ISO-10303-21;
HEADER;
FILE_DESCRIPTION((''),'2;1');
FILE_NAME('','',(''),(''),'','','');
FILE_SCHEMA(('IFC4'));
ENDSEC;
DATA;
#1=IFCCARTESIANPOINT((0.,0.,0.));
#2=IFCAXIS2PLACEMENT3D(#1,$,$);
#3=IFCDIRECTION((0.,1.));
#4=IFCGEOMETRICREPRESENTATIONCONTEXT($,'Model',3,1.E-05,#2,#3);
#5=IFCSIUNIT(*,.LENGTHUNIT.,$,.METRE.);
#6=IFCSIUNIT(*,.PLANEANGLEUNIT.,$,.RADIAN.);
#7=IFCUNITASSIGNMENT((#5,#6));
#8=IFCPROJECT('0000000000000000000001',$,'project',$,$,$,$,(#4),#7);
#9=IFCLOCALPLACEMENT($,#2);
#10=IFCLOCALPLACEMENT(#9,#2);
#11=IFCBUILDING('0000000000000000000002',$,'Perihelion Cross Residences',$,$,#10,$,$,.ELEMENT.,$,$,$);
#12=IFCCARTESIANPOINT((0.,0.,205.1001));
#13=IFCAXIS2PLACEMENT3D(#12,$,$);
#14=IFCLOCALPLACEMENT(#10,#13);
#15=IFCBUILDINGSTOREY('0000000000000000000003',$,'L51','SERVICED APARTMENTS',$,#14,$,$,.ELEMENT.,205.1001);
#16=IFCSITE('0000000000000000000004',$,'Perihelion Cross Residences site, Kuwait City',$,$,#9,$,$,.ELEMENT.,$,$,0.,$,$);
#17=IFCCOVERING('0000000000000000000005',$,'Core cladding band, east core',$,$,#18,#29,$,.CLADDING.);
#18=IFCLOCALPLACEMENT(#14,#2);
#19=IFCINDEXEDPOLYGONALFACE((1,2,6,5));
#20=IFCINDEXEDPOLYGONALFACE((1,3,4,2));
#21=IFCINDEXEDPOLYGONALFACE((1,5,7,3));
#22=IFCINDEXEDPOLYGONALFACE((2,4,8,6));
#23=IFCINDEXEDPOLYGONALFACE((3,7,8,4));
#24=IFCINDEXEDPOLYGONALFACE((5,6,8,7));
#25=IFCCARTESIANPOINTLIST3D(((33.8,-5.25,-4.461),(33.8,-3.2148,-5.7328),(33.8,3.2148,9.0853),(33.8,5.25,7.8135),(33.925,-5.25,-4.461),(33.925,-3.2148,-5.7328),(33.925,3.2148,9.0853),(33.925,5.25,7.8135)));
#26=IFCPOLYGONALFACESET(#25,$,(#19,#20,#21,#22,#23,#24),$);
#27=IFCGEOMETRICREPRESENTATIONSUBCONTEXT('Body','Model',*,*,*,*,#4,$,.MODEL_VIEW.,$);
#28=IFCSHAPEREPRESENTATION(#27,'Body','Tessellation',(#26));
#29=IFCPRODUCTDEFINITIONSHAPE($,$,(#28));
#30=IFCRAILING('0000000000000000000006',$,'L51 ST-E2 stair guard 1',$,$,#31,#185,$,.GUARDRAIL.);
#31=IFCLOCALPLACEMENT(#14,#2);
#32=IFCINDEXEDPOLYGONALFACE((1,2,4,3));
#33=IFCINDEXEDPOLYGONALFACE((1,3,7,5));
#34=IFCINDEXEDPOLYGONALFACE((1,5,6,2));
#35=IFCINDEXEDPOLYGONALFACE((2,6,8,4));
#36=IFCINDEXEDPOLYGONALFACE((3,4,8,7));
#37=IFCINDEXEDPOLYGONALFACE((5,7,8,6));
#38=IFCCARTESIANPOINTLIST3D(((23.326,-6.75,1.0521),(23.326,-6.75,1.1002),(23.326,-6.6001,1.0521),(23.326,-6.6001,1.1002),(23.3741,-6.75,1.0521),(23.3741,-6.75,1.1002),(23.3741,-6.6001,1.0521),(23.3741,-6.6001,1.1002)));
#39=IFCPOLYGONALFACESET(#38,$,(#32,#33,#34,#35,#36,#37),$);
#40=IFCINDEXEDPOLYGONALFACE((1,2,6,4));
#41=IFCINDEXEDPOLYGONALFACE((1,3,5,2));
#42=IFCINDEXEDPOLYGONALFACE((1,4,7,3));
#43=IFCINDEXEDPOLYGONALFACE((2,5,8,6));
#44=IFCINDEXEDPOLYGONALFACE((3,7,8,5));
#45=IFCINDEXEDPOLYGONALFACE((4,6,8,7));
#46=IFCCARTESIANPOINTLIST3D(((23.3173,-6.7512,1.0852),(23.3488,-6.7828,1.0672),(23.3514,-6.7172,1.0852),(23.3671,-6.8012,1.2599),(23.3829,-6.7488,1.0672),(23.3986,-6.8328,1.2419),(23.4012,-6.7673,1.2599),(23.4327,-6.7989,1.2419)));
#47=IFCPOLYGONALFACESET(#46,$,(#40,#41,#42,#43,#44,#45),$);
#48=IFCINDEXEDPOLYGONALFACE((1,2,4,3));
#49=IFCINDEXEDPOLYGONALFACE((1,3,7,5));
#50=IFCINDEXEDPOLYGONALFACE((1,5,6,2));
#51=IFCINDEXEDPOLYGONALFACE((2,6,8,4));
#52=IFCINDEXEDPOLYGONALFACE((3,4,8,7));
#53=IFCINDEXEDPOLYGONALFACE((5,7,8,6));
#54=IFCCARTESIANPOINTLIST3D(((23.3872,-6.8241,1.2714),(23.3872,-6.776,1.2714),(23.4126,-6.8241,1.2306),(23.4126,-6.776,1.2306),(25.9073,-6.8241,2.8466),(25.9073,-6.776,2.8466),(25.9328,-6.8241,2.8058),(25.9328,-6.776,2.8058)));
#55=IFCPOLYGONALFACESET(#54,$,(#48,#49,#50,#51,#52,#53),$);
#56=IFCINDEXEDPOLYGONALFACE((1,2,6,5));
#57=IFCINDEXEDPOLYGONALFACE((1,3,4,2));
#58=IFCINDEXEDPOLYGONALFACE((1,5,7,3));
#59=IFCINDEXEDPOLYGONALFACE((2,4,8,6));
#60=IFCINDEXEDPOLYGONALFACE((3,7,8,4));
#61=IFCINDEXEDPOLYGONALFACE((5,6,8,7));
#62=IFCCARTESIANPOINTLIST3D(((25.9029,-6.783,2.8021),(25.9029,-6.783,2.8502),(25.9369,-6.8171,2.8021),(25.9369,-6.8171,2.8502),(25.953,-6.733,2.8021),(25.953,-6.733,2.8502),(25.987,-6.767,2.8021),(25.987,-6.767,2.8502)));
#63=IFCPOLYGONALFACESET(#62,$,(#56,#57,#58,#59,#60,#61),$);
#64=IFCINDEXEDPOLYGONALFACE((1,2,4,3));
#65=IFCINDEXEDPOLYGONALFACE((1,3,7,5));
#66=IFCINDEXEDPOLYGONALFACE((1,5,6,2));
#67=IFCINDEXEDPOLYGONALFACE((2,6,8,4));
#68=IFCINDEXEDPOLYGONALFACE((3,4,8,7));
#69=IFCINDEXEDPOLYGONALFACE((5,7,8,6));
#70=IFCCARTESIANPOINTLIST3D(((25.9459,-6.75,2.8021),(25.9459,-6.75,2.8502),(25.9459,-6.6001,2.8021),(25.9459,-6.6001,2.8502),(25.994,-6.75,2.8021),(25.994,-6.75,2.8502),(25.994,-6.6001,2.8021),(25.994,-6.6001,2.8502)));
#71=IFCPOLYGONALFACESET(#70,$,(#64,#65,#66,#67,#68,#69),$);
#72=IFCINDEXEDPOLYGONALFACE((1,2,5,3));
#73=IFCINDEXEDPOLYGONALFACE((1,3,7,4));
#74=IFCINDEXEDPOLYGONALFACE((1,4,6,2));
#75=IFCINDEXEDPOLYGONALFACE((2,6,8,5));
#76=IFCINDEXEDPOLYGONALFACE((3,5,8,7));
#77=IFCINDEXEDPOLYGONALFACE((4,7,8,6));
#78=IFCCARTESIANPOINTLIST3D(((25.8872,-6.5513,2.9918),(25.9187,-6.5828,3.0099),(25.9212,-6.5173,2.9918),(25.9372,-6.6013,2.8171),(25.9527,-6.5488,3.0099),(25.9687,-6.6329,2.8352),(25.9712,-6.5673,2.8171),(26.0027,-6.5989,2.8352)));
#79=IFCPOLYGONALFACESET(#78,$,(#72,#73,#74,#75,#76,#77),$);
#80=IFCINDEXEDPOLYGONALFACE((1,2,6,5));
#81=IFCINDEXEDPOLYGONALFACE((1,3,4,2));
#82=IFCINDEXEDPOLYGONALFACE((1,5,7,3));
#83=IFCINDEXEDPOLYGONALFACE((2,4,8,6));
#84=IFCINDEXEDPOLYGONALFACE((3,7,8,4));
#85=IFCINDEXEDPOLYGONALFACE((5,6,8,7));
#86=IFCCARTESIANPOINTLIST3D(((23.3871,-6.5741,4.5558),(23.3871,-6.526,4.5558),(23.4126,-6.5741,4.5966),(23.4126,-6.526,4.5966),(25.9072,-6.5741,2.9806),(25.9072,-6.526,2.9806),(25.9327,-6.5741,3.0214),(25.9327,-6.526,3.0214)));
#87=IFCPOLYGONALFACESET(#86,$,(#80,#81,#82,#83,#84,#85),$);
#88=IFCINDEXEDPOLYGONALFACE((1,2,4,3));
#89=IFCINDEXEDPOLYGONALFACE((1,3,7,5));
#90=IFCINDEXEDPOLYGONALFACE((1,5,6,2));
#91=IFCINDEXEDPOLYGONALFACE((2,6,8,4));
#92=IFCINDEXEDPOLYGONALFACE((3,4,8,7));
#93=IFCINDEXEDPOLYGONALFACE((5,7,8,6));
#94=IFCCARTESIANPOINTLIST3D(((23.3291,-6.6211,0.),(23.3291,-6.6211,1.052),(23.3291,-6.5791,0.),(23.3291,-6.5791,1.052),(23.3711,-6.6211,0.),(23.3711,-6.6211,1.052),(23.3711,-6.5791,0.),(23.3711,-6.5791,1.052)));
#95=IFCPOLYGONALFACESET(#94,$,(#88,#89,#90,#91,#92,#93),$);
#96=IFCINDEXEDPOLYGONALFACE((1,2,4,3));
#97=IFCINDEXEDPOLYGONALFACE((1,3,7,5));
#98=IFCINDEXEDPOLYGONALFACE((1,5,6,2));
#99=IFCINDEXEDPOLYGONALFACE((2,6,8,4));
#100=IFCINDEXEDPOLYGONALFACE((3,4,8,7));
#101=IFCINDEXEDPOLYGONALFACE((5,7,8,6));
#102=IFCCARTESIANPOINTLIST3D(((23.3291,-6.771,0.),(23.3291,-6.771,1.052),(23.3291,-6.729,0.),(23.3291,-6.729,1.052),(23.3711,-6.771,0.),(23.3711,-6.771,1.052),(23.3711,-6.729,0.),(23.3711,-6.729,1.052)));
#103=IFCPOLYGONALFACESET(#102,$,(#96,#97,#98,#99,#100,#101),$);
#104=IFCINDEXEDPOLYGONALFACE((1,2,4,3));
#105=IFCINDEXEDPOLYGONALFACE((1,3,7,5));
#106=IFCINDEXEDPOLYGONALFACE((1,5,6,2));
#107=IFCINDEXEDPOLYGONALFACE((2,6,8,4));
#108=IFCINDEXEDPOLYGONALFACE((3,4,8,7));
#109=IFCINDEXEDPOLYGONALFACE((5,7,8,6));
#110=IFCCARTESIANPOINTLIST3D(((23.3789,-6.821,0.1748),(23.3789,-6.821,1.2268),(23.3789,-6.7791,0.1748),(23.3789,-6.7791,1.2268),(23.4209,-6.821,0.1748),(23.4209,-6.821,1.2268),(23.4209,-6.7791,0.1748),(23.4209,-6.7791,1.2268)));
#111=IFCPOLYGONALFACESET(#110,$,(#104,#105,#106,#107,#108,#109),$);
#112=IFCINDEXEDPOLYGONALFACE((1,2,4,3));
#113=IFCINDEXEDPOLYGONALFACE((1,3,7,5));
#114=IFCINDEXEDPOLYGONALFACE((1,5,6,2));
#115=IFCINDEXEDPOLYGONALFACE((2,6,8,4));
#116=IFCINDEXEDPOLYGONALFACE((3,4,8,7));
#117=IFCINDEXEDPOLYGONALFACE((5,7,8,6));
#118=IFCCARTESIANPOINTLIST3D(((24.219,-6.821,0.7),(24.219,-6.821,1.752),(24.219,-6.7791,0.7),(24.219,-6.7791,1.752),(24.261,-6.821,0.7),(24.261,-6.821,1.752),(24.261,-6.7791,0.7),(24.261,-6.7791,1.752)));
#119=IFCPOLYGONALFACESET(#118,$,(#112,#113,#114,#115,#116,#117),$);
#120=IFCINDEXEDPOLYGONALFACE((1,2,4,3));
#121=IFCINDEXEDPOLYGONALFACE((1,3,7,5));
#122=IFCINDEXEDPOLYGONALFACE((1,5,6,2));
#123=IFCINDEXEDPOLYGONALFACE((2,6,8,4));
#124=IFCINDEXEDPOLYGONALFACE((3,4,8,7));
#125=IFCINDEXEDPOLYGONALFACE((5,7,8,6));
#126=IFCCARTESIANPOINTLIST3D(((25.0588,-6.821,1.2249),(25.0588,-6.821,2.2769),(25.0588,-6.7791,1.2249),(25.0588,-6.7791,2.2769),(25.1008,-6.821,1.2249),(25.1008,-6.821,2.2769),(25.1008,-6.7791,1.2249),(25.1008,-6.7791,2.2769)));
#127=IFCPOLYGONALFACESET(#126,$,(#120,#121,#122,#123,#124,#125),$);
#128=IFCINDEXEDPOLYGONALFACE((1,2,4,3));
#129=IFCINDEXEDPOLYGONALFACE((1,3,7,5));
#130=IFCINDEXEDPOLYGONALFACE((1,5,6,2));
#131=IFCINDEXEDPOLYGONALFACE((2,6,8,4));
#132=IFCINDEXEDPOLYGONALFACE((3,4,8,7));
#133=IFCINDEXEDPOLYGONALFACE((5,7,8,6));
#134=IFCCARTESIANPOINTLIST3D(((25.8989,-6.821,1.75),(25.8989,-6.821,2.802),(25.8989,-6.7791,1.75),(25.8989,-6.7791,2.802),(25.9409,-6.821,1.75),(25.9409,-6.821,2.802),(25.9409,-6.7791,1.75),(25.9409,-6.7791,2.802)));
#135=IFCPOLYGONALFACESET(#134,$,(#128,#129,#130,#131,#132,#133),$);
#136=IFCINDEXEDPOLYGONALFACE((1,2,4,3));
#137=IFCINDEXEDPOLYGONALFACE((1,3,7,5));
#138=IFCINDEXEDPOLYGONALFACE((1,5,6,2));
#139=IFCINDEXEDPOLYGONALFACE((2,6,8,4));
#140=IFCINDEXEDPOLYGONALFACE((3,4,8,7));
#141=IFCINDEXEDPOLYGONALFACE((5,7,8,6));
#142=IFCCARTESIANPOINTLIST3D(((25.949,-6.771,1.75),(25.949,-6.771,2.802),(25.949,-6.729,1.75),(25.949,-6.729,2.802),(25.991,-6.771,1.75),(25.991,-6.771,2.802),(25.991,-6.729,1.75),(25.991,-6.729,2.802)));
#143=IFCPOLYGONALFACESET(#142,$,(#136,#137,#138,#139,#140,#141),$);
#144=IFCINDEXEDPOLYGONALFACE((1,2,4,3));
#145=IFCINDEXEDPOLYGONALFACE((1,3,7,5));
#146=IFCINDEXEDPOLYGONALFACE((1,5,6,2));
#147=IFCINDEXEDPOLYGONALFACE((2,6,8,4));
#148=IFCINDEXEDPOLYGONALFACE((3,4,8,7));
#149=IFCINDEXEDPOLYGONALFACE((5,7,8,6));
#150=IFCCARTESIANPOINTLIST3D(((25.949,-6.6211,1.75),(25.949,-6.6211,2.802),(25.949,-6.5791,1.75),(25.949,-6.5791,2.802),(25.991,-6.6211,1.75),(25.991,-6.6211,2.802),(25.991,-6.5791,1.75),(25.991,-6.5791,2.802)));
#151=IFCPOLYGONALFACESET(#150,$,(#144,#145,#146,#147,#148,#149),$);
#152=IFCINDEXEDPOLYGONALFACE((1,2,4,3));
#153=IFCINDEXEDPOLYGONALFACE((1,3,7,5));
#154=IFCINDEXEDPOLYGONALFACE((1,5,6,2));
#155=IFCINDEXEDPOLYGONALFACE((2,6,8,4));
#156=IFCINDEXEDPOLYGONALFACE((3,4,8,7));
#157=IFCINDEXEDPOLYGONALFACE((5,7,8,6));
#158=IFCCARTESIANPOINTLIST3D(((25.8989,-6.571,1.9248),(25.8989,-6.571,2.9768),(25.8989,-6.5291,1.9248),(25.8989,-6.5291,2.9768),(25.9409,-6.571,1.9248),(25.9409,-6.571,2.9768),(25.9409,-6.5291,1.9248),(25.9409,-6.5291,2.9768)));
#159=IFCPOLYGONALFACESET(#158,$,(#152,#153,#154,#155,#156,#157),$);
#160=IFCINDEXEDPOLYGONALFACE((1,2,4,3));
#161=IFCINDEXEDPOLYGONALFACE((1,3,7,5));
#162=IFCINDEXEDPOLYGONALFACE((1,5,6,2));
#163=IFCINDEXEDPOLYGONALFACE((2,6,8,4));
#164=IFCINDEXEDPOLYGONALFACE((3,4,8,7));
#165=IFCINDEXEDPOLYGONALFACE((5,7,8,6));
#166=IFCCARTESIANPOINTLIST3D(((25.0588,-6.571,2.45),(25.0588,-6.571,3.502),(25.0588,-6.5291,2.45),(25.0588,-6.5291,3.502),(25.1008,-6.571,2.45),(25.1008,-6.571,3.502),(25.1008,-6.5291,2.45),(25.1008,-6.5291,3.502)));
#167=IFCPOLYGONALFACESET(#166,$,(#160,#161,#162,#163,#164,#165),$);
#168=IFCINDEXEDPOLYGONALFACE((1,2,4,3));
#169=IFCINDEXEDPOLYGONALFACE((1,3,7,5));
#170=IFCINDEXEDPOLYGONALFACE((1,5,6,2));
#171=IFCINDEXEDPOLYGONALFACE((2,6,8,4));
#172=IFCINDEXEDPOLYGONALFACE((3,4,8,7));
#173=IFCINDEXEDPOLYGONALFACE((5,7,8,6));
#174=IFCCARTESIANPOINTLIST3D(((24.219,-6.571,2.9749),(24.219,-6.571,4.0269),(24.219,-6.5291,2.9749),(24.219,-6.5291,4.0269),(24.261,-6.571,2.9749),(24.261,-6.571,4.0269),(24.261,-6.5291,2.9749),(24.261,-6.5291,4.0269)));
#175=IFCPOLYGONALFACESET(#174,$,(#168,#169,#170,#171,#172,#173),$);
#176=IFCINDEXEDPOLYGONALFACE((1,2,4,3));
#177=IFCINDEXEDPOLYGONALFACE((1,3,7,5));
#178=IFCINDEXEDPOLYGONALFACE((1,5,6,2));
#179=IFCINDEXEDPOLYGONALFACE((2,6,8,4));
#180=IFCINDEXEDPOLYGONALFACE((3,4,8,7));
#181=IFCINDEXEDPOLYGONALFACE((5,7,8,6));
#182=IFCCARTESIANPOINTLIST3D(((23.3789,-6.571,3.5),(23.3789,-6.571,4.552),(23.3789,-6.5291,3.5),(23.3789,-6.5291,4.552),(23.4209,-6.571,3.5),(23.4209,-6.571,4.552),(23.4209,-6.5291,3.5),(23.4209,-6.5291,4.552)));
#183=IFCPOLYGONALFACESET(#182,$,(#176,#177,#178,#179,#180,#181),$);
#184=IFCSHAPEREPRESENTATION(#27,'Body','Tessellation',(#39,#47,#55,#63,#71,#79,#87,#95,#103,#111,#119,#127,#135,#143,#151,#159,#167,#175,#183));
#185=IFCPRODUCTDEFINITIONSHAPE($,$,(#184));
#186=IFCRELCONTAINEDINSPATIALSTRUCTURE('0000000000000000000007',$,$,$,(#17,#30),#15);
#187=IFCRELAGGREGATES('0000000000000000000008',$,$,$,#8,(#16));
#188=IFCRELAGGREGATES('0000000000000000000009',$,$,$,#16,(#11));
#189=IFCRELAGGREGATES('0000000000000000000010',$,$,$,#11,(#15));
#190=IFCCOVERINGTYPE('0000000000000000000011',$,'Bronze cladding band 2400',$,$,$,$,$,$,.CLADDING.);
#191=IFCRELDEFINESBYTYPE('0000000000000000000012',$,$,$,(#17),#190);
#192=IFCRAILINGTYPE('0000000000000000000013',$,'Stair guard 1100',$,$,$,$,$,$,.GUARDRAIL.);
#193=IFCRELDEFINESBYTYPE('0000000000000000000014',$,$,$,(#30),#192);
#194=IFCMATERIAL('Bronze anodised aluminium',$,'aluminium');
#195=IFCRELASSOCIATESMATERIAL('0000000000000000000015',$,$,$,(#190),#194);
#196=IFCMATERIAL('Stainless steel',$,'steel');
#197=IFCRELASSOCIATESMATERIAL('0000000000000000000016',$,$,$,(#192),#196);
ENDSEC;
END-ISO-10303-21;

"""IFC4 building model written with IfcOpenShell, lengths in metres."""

from ifc_helpers import new_model, si_unit, direction, frame, origin, origin_2d, place, context, subcontext, project, spatial, rectangle, extrude, material, material_profile, profile_set, type_object, element, save


model = new_model("IFC4")

# Units and contexts
model_context = context("Model", 3, precision=1e-05, world=origin(), true_north=direction((0.0, 1.0)))
body_context = subcontext(model_context, "Body", "Model", "MODEL_VIEW")
ifc_project = project(units=[si_unit("LENGTHUNIT", "METRE"), si_unit("PLANEANGLEUNIT", "RADIAN")], contexts=[model_context])

# Site, building, storey
site_placement = place(None, origin())
site = spatial("IfcSite", under=ifc_project, at=site_placement, Name="Perihelion Cross Residences site, Kuwait City", CompositionType="ELEMENT", RefElevation=0.0)
building_placement = place(site_placement, origin())
building = spatial("IfcBuilding", under=site, at=building_placement, Name="Perihelion Cross Residences", CompositionType="ELEMENT")
storey_placement = place(building_placement, frame((0.0, 0.0, 205.1001)))
storey = spatial("IfcBuildingStorey", under=building, at=storey_placement, Name="L51", Description="SERVICED APARTMENTS", CompositionType="ELEMENT", Elevation=205.1001)

# Covering
ifc_material_1 = material(Name="Bronze anodised aluminium", Category="aluminium")
ifc_material_profile_1 = material_profile(ifc_material_1, rectangle(XDim=0.125, YDim=2.3999, at=origin_2d()), Name="Bronze cladding band 2400")
ifc_profile_set_1 = profile_set([ifc_material_profile_1], Name="Bronze anodised aluminium")
covering_type = type_object("IfcCoveringType", Name="Bronze cladding band 2400", PredefinedType="CLADDING", material=ifc_profile_set_1)
covering_placement = place(storey_placement, frame((33.8625, -4.2324, -5.0969), z_axis=(0.0, 0.529925, 0.848045), x_axis=(-1.0, 0.0, 0.0)))
element("IfcCovering", 1, at=covering_placement, inside=storey, type_object=covering_type, Name="Core cladding band, east core", PredefinedType="CLADDING", context=body_context, shape_type="SweptSolid", body=[
    extrude(rectangle(XDim=0.125, YDim=2.3999, at=origin_2d()), origin(), (0.0, 0.0, 1.0), 15.9736),
])

# Railing
ifc_material_2 = material(Name="Stainless steel", Category="steel")
railing_type_1 = type_object("IfcRailingType", Name="Stair guard 1100", PredefinedType="GUARDRAIL", material=ifc_material_2)
railing_1_placement = place(storey_placement, frame((23.3501, -6.6001, 0.0)))
element("IfcRailing", 2, at=railing_1_placement, inside=storey, type_object=railing_type_1, Name="L51 ST-E2 stair guard 1", PredefinedType="GUARDRAIL", context=body_context, shape_type="SweptSolid", body=[
    extrude(rectangle(XDim=0.0481, YDim=0.0481, at=origin_2d()), frame((0.0, 0.0, 1.0762), z_axis=(0.0, -1.0, 0.0), x_axis=(1.0, 0.0, 0.0)), (0.0, 0.0, 1.0), 0.1499),
    extrude(rectangle(XDim=0.0481, YDim=0.0481, at=origin_2d()), frame((0.0, -0.1499, 1.0762), z_axis=(0.264179, -0.265474, 0.927218), x_axis=(0.708834, 0.705376, 0.0)), (0.0, 0.0, 1.0), 0.1885),
    extrude(rectangle(XDim=0.0481, YDim=0.0481, at=origin_2d()), frame((0.0498, -0.2, 1.251), z_axis=(0.847971, 0.0, 0.530043), x_axis=(0.0, 1.0, 0.0)), (0.0, 0.0, 1.0), 2.9719),
    extrude(rectangle(XDim=0.0481, YDim=0.0481, at=origin_2d()), frame((2.5698, -0.2, 2.8262), z_axis=(0.707107, 0.707107, 0.0), x_axis=(-0.707107, 0.707107, 0.0)), (0.0, 0.0, 1.0), 0.0708),
    extrude(rectangle(XDim=0.0481, YDim=0.0481, at=origin_2d()), frame((2.6199, -0.1499, 2.8262), z_axis=(0.0, 1.0, 0.0), x_axis=(-1.0, 0.0, 0.0)), (0.0, 0.0, 1.0), 0.1499),
    extrude(rectangle(XDim=0.0481, YDim=0.0481, at=origin_2d()), frame((2.6199, 0.0, 2.8262), z_axis=(-0.265383, 0.265383, 0.9269), x_axis=(-0.707107, -0.707107, 0.0)), (0.0, 0.0, 1.0), 0.1885),
    extrude(rectangle(XDim=0.0481, YDim=0.0481, at=origin_2d()), frame((2.5698, 0.05, 3.001), z_axis=(-0.847971, 0.0, 0.530043), x_axis=(0.0, -1.0, 0.0)), (0.0, 0.0, 1.0), 2.9719),
    extrude(rectangle(XDim=0.042, YDim=0.042, at=origin_2d()), origin(), (0.0, 0.0, 1.0), 1.052),
    extrude(rectangle(XDim=0.042, YDim=0.042, at=origin_2d()), frame((0.0, -0.1499, 0.0)), (0.0, 0.0, 1.0), 1.052),
    extrude(rectangle(XDim=0.042, YDim=0.042, at=origin_2d()), frame((0.0498, -0.2, 0.1748)), (0.0, 0.0, 1.0), 1.052),
    extrude(rectangle(XDim=0.042, YDim=0.042, at=origin_2d()), frame((0.8899, -0.2, 0.7)), (0.0, 0.0, 1.0), 1.052),
    extrude(rectangle(XDim=0.042, YDim=0.042, at=origin_2d()), frame((1.7297, -0.2, 1.2249)), (0.0, 0.0, 1.0), 1.052),
    extrude(rectangle(XDim=0.042, YDim=0.042, at=origin_2d()), frame((2.5698, -0.2, 1.75)), (0.0, 0.0, 1.0), 1.052),
    extrude(rectangle(XDim=0.042, YDim=0.042, at=origin_2d()), frame((2.6199, -0.1499, 1.75)), (0.0, 0.0, 1.0), 1.052),
    extrude(rectangle(XDim=0.042, YDim=0.042, at=origin_2d()), frame((2.6199, 0.0, 1.75)), (0.0, 0.0, 1.0), 1.052),
    extrude(rectangle(XDim=0.042, YDim=0.042, at=origin_2d()), frame((2.5698, 0.05, 1.9248)), (0.0, 0.0, 1.0), 1.052),
    extrude(rectangle(XDim=0.042, YDim=0.042, at=origin_2d()), frame((1.7297, 0.05, 2.45)), (0.0, 0.0, 1.0), 1.052),
    extrude(rectangle(XDim=0.042, YDim=0.042, at=origin_2d()), frame((0.8899, 0.05, 2.9749)), (0.0, 0.0, 1.0), 1.052),
    extrude(rectangle(XDim=0.042, YDim=0.042, at=origin_2d()), frame((0.0498, 0.05, 3.5)), (0.0, 0.0, 1.0), 1.052),
])

save(model, "model.ifc")
